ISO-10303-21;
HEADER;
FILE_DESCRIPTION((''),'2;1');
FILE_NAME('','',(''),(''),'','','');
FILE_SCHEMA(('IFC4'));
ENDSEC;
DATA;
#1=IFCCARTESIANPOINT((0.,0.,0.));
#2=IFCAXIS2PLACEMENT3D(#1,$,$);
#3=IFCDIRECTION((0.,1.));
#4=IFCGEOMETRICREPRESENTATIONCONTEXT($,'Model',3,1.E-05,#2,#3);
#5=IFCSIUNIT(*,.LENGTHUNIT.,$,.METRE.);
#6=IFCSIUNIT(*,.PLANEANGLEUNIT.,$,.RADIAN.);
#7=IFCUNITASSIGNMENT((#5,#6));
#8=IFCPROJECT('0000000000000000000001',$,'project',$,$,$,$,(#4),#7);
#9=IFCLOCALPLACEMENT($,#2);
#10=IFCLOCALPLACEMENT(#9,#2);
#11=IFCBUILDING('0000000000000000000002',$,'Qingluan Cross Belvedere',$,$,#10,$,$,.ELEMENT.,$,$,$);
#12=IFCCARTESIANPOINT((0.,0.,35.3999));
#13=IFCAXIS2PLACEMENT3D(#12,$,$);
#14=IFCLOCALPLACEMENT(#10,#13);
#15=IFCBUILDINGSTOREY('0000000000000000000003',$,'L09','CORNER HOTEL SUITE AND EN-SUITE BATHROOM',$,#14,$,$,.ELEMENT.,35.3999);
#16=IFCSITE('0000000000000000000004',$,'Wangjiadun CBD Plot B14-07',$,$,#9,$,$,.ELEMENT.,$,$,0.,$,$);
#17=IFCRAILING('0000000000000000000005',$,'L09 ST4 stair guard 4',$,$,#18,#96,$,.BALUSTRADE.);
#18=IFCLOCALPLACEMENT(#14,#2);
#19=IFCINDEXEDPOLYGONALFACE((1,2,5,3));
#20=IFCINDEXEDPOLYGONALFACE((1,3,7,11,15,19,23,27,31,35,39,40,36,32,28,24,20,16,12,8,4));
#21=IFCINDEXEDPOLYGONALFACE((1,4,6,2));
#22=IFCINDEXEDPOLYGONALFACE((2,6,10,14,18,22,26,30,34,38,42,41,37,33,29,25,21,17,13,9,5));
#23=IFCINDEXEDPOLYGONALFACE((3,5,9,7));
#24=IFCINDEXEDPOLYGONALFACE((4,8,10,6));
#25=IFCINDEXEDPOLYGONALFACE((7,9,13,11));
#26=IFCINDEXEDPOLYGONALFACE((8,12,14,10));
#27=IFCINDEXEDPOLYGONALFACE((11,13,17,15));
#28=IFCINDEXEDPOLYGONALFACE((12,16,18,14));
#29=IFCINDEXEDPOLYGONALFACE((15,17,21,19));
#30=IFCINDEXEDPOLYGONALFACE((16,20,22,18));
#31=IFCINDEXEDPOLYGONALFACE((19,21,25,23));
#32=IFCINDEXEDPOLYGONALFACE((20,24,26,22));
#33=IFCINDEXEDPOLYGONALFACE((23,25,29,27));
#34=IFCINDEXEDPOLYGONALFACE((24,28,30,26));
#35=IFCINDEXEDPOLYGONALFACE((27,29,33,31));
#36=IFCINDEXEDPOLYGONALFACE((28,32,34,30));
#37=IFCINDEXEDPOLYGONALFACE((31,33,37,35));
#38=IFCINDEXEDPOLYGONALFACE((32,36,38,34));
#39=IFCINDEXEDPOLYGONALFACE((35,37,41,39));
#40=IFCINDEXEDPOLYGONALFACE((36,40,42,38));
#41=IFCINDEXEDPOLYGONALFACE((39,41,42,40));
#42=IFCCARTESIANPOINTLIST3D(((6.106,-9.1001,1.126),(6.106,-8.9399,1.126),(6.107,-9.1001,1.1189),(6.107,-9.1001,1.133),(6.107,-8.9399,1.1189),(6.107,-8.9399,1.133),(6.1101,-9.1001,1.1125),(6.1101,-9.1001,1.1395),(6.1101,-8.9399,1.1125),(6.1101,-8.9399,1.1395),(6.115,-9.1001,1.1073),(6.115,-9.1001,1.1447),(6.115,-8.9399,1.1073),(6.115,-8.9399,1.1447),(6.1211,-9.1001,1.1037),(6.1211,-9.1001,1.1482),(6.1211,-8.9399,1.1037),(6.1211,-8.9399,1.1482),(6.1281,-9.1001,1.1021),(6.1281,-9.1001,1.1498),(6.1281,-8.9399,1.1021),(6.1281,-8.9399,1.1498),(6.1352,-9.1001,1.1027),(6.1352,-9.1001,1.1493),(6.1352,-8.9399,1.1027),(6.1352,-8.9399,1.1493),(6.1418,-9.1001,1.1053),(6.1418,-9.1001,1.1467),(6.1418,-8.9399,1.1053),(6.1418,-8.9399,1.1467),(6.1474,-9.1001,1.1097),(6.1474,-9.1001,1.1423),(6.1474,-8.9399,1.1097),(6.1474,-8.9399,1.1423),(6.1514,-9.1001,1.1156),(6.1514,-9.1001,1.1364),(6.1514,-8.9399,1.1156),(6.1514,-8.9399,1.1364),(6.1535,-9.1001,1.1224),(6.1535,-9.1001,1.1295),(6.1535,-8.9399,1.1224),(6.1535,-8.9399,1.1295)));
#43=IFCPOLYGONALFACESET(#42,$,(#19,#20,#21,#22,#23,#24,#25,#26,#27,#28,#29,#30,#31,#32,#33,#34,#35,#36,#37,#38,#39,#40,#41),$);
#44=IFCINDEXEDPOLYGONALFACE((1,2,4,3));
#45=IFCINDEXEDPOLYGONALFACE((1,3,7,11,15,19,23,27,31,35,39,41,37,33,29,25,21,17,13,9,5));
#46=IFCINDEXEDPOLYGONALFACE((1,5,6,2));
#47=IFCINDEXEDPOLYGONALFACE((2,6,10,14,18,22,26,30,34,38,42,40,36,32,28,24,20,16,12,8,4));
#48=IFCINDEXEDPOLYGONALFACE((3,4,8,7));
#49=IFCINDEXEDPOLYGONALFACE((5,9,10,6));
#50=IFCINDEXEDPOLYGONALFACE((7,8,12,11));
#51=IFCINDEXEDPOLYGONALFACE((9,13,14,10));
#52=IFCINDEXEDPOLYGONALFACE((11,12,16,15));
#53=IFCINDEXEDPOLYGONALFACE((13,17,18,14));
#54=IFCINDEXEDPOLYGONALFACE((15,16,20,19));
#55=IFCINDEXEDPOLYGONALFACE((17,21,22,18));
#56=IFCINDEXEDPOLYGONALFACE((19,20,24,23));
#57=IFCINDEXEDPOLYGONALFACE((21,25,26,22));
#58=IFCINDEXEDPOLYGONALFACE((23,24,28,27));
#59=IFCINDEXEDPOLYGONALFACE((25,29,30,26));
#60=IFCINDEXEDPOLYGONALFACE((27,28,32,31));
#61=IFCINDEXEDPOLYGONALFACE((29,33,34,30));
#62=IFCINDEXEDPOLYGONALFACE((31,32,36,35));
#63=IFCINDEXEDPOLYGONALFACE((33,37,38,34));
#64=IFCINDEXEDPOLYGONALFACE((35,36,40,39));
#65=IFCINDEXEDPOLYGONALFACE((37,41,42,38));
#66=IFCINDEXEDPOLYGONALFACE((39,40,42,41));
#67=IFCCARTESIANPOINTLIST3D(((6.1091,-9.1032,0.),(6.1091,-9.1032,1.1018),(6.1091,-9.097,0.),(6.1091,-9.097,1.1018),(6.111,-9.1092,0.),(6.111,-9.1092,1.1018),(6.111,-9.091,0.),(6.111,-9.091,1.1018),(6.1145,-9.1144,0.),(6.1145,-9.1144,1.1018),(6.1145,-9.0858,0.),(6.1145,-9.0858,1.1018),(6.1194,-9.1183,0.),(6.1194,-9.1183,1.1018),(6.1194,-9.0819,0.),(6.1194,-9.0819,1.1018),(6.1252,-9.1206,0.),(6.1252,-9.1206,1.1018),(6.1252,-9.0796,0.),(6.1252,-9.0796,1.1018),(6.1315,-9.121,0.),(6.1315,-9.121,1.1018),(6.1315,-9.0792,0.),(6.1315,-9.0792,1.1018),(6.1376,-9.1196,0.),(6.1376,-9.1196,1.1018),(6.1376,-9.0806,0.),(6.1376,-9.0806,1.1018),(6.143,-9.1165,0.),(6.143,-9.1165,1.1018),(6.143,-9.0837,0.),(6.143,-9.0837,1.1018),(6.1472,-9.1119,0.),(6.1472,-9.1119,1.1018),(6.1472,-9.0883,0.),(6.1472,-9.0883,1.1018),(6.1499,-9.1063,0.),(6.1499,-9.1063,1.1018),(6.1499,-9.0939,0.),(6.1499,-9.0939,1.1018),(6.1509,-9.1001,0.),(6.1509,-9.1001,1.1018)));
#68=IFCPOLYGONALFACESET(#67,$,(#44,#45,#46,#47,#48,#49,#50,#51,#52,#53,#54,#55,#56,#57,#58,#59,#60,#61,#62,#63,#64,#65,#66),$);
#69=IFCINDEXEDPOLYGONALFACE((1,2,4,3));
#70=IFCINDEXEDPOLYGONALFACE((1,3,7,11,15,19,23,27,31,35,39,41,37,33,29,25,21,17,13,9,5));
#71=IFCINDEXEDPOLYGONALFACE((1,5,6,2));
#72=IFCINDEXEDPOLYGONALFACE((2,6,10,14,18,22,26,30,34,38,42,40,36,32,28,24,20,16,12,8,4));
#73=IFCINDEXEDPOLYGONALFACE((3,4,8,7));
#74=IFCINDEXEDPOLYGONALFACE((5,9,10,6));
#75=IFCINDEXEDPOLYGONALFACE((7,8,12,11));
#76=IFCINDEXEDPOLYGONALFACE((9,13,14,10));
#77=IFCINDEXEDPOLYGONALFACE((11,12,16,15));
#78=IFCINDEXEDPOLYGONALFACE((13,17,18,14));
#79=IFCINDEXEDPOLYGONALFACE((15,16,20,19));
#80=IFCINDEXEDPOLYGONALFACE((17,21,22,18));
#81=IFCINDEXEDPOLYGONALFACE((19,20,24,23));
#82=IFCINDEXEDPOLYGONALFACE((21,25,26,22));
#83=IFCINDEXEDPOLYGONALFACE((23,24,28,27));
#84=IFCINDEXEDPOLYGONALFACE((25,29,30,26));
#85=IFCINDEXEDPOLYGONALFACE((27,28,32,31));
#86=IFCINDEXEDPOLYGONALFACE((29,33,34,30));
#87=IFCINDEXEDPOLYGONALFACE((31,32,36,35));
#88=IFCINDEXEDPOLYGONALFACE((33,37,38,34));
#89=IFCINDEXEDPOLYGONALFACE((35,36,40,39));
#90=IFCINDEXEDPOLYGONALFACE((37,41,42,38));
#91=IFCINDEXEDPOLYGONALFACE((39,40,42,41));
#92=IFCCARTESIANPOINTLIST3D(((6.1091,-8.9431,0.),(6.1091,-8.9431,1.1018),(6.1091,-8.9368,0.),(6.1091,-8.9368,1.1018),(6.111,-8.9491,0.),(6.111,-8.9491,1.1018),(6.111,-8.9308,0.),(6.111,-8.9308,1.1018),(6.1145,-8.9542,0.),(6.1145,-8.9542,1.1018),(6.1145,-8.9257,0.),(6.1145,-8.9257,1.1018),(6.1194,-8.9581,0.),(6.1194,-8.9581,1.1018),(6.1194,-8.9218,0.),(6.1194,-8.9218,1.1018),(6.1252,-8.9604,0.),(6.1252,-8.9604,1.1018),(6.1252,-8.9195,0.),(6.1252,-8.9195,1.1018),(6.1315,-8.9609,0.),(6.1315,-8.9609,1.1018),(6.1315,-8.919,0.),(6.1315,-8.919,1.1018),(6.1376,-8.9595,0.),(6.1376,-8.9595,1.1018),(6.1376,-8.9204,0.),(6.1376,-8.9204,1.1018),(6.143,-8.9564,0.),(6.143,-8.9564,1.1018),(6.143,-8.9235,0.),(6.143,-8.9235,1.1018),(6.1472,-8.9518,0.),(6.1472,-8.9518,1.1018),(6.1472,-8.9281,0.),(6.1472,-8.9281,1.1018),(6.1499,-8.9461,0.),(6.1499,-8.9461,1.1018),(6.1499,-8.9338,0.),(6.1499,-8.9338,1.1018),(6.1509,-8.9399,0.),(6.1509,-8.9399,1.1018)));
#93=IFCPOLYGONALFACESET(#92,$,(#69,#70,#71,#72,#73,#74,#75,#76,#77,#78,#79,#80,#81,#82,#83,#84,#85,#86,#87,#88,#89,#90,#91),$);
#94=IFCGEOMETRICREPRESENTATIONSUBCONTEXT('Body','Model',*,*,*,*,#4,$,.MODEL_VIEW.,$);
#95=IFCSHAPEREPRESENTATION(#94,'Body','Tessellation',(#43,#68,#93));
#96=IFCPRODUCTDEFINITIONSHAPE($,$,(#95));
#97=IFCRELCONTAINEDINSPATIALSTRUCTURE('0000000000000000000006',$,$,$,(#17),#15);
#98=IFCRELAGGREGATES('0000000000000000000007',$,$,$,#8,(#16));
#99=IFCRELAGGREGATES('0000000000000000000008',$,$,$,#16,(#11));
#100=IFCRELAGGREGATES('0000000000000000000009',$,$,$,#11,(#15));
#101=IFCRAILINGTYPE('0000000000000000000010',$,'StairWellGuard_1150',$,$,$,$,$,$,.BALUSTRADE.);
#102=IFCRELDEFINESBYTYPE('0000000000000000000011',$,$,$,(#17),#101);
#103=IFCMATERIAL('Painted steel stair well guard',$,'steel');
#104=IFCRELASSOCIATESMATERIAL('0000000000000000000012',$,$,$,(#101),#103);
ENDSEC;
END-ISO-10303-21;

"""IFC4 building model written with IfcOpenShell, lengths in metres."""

from ifc_helpers import new_model, si_unit, direction, frame, origin, origin_2d, place, context, subcontext, project, spatial, circle, extrude, material, type_object, element, save


model = new_model("IFC4")

# Units and contexts
model_context = context("Model", 3, precision=1e-05, world=origin(), true_north=direction((0.0, 1.0)))
body_context = subcontext(model_context, "Body", "Model", "MODEL_VIEW")
ifc_project = project(units=[si_unit("LENGTHUNIT", "METRE"), si_unit("PLANEANGLEUNIT", "RADIAN")], contexts=[model_context])

# Site, building, storey
site_placement = place(None, origin())
site = spatial("IfcSite", under=ifc_project, at=site_placement, Name="Wangjiadun CBD Plot B14-07", CompositionType="ELEMENT", RefElevation=0.0)
building_placement = place(site_placement, origin())
building = spatial("IfcBuilding", under=site, at=building_placement, Name="Qingluan Cross Belvedere", CompositionType="ELEMENT")
storey_placement = place(building_placement, frame((0.0, 0.0, 35.3999)))
storey = spatial("IfcBuildingStorey", under=building, at=storey_placement, Name="L09", Description="CORNER HOTEL SUITE AND EN-SUITE BATHROOM", CompositionType="ELEMENT", Elevation=35.3999)

# Railing
ifc_material_1 = material(Name="Painted steel stair well guard", Category="steel")
railing_type_1 = type_object("IfcRailingType", Name="StairWellGuard_1150", PredefinedType="BALUSTRADE", material=ifc_material_1)
railing_1_placement = place(storey_placement, frame((6.1299, -9.1001, 0.0)))
element("IfcRailing", 1, at=railing_1_placement, inside=storey, type_object=railing_type_1, Name="L09 ST4 stair guard 4", PredefinedType="BALUSTRADE", context=body_context, shape_type="SweptSolid", body=[
    extrude(circle(Radius=0.0239, at=origin_2d()), frame((0.0, 0.0, 1.126), z_axis=(0.0, 1.0, 0.0), x_axis=(-1.0, 0.0, 0.0)), (0.0, 0.0, 1.0), 0.1602),
    extrude(circle(Radius=0.021, at=origin_2d()), origin(), (0.0, 0.0, 1.0), 1.1018),
    extrude(circle(Radius=0.021, at=origin_2d()), frame((0.0, 0.1602, 0.0)), (0.0, 0.0, 1.0), 1.1018),
])

save(model, "model.ifc")
